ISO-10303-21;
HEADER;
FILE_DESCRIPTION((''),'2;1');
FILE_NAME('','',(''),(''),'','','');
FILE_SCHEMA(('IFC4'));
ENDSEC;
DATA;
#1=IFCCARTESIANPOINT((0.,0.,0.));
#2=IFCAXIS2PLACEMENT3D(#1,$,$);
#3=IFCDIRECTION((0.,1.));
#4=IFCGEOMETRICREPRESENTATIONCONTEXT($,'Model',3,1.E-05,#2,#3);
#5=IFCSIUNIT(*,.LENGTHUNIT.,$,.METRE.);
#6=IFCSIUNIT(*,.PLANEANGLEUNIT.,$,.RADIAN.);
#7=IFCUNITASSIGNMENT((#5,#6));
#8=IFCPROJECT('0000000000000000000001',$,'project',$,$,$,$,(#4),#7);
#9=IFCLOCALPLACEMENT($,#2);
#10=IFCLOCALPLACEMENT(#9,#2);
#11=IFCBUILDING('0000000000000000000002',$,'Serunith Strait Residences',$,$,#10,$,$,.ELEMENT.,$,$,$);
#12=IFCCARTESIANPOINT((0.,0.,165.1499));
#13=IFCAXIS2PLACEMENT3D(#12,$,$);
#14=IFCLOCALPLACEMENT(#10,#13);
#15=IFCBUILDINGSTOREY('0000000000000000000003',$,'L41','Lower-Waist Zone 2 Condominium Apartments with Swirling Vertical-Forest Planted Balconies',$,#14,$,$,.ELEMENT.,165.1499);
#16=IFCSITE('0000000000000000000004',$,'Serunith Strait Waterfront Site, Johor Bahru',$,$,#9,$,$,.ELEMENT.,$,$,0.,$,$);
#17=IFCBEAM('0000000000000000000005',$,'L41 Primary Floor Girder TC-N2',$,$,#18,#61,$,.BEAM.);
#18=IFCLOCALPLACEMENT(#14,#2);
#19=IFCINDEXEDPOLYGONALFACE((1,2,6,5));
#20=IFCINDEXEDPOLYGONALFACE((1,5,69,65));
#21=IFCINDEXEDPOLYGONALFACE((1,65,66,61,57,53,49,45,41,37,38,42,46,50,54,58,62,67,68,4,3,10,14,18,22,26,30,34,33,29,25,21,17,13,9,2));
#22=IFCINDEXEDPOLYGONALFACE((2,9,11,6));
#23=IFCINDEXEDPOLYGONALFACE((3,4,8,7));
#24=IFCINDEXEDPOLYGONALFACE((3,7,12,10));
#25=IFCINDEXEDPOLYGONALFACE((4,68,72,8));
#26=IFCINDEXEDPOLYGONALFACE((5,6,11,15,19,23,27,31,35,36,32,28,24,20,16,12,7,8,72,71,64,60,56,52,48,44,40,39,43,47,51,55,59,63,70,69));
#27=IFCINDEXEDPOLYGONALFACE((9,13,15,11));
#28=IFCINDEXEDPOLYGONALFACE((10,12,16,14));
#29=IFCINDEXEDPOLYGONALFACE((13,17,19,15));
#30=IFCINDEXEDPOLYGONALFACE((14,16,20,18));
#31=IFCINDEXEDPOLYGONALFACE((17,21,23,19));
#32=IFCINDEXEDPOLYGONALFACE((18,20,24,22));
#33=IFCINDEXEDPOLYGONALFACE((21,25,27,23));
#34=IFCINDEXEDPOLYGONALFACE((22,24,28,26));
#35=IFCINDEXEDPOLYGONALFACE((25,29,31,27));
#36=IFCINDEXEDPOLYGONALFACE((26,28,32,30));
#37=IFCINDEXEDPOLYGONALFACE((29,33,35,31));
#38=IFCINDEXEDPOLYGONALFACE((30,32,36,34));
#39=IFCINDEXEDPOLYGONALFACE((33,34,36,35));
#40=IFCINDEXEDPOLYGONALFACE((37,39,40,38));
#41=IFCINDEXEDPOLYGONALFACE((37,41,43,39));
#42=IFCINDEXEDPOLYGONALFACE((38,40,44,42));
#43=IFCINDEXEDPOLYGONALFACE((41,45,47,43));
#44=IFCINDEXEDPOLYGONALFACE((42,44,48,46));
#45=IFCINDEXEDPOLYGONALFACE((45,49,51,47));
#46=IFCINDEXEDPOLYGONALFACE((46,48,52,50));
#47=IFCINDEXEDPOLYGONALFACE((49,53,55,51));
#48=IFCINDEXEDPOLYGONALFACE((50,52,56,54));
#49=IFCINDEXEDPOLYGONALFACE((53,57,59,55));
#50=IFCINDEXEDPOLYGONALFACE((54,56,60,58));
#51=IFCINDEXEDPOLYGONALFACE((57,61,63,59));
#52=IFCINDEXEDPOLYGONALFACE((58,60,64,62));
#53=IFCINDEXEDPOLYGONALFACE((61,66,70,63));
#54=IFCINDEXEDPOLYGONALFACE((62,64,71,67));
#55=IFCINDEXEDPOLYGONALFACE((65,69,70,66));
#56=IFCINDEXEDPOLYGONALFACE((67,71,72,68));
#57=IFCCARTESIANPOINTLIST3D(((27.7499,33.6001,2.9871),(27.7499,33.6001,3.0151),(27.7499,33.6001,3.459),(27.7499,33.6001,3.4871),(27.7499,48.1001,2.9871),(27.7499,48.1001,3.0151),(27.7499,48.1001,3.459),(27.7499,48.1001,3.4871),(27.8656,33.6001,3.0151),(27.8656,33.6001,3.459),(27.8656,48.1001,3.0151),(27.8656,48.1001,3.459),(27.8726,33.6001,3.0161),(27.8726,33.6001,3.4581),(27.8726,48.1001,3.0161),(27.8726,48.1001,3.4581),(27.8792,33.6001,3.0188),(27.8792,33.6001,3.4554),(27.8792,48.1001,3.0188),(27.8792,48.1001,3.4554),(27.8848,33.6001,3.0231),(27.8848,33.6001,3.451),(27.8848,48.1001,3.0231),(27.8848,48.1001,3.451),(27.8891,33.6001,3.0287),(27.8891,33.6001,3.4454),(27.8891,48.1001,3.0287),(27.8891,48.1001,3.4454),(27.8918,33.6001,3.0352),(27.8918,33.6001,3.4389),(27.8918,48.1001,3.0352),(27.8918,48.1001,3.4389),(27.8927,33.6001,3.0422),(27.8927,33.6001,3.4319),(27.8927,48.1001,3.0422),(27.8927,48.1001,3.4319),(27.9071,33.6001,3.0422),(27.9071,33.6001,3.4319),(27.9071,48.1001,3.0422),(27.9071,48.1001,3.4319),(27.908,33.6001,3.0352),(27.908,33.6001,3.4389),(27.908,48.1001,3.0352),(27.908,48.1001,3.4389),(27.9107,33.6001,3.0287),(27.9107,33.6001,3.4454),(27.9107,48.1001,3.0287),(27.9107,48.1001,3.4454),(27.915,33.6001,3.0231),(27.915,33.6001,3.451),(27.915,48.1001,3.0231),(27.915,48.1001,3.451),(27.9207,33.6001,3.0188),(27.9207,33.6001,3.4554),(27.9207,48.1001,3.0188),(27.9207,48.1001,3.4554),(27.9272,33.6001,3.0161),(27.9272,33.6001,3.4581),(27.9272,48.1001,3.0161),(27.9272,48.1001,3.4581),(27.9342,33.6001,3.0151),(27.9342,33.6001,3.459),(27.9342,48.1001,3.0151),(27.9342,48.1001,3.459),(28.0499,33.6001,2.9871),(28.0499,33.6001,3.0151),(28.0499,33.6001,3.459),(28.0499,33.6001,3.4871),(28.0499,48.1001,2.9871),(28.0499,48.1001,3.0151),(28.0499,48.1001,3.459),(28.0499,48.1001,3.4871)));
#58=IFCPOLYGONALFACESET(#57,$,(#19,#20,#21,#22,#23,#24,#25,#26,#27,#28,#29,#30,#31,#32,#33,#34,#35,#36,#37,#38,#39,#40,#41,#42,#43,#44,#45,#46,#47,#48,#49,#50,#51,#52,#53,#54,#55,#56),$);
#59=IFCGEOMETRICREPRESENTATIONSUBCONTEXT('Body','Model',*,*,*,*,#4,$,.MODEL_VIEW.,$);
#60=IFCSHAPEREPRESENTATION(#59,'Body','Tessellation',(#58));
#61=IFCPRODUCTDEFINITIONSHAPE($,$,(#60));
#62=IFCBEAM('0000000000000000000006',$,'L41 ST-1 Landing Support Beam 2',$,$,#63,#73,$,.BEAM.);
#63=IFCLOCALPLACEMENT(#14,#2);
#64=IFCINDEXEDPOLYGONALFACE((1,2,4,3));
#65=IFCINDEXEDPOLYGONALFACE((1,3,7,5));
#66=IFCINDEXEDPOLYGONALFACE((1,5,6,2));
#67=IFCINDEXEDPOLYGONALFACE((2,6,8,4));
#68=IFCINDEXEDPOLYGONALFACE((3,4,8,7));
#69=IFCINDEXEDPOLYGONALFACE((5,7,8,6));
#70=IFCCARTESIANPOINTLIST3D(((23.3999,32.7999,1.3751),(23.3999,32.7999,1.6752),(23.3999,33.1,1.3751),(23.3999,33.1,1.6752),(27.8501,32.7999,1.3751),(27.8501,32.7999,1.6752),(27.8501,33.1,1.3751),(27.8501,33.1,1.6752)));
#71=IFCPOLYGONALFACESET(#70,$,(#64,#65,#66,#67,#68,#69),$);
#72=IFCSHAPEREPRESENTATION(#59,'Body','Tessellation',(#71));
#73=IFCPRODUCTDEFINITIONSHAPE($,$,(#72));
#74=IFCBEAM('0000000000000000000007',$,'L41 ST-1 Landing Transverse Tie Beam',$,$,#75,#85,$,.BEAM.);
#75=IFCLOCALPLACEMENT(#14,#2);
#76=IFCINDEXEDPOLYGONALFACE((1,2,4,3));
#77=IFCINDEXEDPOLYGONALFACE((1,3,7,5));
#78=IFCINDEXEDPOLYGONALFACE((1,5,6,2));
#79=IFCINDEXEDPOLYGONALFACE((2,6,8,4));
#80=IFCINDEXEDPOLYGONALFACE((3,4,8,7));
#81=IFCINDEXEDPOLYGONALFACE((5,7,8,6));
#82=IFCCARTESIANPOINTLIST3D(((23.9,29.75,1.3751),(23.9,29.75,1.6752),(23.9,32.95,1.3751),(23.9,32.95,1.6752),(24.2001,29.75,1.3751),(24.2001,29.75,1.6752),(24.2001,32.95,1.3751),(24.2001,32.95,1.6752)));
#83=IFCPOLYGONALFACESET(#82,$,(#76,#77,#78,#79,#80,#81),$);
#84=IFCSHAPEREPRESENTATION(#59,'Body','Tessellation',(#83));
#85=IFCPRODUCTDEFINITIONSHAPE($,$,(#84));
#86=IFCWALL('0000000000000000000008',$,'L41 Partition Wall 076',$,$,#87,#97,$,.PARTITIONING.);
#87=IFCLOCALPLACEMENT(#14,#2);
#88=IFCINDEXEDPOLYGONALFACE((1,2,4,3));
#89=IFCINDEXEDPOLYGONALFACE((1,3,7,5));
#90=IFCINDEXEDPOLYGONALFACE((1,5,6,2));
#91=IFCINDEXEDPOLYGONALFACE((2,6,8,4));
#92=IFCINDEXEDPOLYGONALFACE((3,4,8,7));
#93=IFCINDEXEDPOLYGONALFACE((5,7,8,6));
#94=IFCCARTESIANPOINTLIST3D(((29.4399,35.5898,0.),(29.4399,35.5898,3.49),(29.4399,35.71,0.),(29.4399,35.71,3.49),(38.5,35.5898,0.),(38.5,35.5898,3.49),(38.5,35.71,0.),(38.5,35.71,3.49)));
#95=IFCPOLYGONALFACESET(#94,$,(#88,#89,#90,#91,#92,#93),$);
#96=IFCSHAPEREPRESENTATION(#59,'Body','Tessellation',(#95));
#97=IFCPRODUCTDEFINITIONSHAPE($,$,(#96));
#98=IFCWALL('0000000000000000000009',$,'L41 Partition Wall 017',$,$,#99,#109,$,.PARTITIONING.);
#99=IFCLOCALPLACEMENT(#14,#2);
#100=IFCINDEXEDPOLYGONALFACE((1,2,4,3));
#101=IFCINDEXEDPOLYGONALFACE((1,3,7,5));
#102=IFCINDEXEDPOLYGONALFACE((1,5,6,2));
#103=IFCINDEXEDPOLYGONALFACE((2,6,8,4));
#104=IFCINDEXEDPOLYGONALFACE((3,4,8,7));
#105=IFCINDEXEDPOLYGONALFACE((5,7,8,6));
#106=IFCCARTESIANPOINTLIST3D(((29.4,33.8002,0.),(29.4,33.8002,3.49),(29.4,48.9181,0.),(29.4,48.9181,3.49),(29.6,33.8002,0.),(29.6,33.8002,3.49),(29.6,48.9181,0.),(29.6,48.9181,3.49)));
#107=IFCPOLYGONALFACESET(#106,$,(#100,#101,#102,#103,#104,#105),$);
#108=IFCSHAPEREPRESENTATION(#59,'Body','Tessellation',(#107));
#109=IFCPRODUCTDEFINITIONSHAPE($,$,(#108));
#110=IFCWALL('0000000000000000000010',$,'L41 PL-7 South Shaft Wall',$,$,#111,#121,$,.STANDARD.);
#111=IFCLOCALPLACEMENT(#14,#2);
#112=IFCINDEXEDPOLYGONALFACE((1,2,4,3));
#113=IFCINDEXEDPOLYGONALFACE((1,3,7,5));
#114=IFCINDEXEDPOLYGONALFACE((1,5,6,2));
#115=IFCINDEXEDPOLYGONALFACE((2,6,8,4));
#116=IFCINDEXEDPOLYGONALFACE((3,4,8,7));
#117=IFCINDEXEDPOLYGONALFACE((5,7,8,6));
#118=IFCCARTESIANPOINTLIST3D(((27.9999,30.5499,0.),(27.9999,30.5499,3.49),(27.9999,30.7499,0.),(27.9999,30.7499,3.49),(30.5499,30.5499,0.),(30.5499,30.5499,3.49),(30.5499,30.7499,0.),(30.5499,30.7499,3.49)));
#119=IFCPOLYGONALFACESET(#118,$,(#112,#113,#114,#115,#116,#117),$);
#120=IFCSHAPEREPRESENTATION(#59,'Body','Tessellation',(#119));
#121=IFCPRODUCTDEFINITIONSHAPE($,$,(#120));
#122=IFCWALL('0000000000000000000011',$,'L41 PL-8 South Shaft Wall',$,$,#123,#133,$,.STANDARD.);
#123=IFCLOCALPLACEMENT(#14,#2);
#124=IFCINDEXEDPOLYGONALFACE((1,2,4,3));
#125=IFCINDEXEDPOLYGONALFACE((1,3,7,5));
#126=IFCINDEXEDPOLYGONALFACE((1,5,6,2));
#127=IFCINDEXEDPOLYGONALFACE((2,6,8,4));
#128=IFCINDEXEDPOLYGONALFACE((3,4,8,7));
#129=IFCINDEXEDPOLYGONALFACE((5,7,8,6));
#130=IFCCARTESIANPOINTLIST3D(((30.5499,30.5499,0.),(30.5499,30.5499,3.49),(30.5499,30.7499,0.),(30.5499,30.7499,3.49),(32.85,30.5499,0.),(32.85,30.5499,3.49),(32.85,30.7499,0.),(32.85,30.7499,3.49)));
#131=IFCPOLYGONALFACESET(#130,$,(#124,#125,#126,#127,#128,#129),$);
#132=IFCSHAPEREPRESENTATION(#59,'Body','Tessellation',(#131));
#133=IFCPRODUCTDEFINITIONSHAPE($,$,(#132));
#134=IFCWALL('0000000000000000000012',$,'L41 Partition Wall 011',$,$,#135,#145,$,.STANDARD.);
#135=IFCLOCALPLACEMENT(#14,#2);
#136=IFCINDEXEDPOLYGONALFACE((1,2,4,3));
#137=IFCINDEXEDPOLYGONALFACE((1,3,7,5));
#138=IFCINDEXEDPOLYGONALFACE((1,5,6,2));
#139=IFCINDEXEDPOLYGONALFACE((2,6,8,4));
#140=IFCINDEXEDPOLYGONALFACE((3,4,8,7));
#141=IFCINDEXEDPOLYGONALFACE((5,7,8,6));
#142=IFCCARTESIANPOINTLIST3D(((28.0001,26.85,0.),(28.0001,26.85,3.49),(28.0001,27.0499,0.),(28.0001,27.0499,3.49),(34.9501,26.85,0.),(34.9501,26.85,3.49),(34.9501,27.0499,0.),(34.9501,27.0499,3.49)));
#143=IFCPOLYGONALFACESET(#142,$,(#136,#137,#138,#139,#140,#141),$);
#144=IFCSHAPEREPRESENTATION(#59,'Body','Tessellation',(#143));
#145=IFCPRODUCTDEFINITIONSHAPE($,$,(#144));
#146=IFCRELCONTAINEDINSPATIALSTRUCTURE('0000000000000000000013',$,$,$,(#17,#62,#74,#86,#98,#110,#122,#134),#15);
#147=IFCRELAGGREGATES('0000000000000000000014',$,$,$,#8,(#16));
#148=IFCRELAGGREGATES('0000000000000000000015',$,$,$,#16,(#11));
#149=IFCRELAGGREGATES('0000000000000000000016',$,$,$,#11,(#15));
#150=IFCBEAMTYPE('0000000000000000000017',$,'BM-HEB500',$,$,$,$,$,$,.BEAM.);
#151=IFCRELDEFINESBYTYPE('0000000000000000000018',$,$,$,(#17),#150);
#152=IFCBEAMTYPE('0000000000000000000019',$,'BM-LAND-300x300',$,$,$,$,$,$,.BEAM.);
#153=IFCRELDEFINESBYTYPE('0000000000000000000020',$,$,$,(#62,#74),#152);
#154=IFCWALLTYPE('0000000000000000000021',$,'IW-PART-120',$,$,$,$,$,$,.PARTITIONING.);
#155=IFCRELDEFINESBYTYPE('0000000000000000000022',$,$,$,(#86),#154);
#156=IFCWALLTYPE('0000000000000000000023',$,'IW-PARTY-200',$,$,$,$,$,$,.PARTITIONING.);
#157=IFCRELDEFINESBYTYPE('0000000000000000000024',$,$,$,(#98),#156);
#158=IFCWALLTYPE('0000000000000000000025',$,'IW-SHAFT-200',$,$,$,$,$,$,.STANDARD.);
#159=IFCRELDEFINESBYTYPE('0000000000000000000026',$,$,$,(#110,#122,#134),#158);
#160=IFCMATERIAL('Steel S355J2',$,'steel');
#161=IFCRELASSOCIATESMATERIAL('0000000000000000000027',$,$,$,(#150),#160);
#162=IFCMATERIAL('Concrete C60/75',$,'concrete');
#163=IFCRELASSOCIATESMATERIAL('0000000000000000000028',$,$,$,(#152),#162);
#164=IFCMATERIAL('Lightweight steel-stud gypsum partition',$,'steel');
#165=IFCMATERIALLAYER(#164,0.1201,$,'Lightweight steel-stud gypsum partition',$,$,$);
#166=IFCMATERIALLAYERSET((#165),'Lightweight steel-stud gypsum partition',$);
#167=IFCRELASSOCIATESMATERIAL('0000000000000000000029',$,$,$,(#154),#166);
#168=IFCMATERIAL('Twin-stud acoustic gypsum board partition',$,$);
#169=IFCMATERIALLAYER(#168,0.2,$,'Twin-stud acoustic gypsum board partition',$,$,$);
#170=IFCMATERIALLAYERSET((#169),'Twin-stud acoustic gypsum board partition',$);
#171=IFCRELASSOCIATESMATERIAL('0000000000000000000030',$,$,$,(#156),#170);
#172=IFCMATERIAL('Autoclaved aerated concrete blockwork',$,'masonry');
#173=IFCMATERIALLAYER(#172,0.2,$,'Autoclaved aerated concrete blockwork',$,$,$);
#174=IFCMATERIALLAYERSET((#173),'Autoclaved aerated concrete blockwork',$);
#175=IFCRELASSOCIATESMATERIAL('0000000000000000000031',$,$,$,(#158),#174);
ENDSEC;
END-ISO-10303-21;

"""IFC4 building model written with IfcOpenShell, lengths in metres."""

from ifc_helpers import new_model, si_unit, direction, frame, frame_2d, origin, origin_2d, place, context, subcontext, project, spatial, rectangle, i_section, extrude, source, transform, mapped, material, layer, layer_set, material_profile, profile_set, type_object, element, save


model = new_model("IFC4")

# Units and contexts
model_context = context("Model", 3, precision=1e-05, world=origin(), true_north=direction((0.0, 1.0)))
body_context = subcontext(model_context, "Body", "Model", "MODEL_VIEW")
ifc_project = project(units=[si_unit("LENGTHUNIT", "METRE"), si_unit("PLANEANGLEUNIT", "RADIAN")], contexts=[model_context])

# Site, building, storey
site_placement = place(None, origin())
site = spatial("IfcSite", under=ifc_project, at=site_placement, Name="Serunith Strait Waterfront Site, Johor Bahru", CompositionType="ELEMENT", RefElevation=0.0)
building_placement = place(site_placement, origin())
building = spatial("IfcBuilding", under=site, at=building_placement, Name="Serunith Strait Residences", CompositionType="ELEMENT")
storey_placement = place(building_placement, frame((0.0, 0.0, 165.1499)))
storey = spatial("IfcBuildingStorey", under=building, at=storey_placement, Name="L41", Description="Lower-Waist Zone 2 Condominium Apartments with Swirling Vertical-Forest Planted Balconies", CompositionType="ELEMENT", Elevation=165.1499)

# Beams
ifc_material_1 = material(Name="Steel S355J2", Category="steel")
ifc_material_profile_1 = material_profile(ifc_material_1, i_section(OverallWidth=0.3, OverallDepth=0.5, WebThickness=0.0144, FlangeThickness=0.0281, FilletRadius=0.0271, at=origin_2d()), Name="HEB 500")
ifc_profile_set_1 = profile_set([ifc_material_profile_1], Name="Steel S355J2")
beam_type_1 = type_object("IfcBeamType", Name="BM-HEB500", PredefinedType="BEAM", material=ifc_profile_set_1)
shared_shape_1 = source(origin(), body_context, "Body", "SweptSolid", [
    extrude(i_section(OverallWidth=0.3, OverallDepth=0.5, WebThickness=0.0144, FlangeThickness=0.0281, FilletRadius=0.0271, at=origin_2d()), origin(), (0.0, 0.0, 1.0), 14.5),
])
beam_1_placement = place(storey_placement, frame((27.8999, 33.6001, 3.2371), z_axis=(0.0, 1.0, 0.0), x_axis=(-1.0, 0.0, 0.0)))
element("IfcBeam", 1, at=beam_1_placement, inside=storey, type_object=beam_type_1, Name="L41 Primary Floor Girder TC-N2", PredefinedType="BEAM", context=body_context, shape_type="MappedRepresentation", body=[
    mapped(shared_shape_1, transform((0.0, 0.0, 0.0), scale=1.0)),
])
ifc_material_2 = material(Name="Concrete C60/75", Category="concrete")
ifc_material_profile_2 = material_profile(ifc_material_2, rectangle(XDim=0.3, YDim=0.3, at=origin_2d()), Name="RC 300x300")
ifc_profile_set_2 = profile_set([ifc_material_profile_2], Name="Concrete C60/75")
beam_type_2 = type_object("IfcBeamType", Name="BM-LAND-300x300", PredefinedType="BEAM", material=ifc_profile_set_2)
shared_shape_2 = source(origin(), body_context, "Body", "SweptSolid", [
    extrude(rectangle(XDim=0.3, YDim=0.3, at=origin_2d()), origin(), (0.0, 0.0, 1.0), 4.4502),
])
beam_2_placement = place(storey_placement, frame((23.3999, 32.95, 1.5251), z_axis=(1.0, 0.0, 0.0), x_axis=(0.0, 1.0, 0.0)))
element("IfcBeam", 2, at=beam_2_placement, inside=storey, type_object=beam_type_2, Name="L41 ST-1 Landing Support Beam 2", PredefinedType="BEAM", context=body_context, shape_type="MappedRepresentation", body=[
    mapped(shared_shape_2, transform((0.0, 0.0, 0.0), scale=1.0)),
])
shared_shape_3 = source(origin(), body_context, "Body", "SweptSolid", [
    extrude(rectangle(XDim=0.3, YDim=0.3, at=origin_2d()), origin(), (0.0, 0.0, 1.0), 3.2),
])
beam_3_placement = place(storey_placement, frame((24.05, 29.75, 1.5251), z_axis=(0.0, 1.0, 0.0), x_axis=(-1.0, 0.0, 0.0)))
element("IfcBeam", 3, at=beam_3_placement, inside=storey, type_object=beam_type_2, Name="L41 ST-1 Landing Transverse Tie Beam", PredefinedType="BEAM", context=body_context, shape_type="MappedRepresentation", body=[
    mapped(shared_shape_3, transform((0.0, 0.0, 0.0), scale=1.0)),
])

# Walls
ifc_material_3 = material(Name="Lightweight steel-stud gypsum partition", Category="steel")
ifc_layer_1 = layer(ifc_material_3, 0.1201, Name="Lightweight steel-stud gypsum partition")
ifc_layer_set_1 = layer_set([ifc_layer_1], Name="Lightweight steel-stud gypsum partition")
wall_type_1 = type_object("IfcWallType", Name="IW-PART-120", PredefinedType="PARTITIONING", material=ifc_layer_set_1)
wall_1_placement = place(storey_placement, frame((29.4399, 35.6499, 0.0), z_axis=(0.0, 0.0, 1.0), x_axis=(1.0, 0.0, 0.0)))
element("IfcWall", 4, at=wall_1_placement, inside=storey, type_object=wall_type_1, Name="L41 Partition Wall 076", PredefinedType="PARTITIONING", context=body_context, shape_type="SweptSolid", body=[
    extrude(rectangle(XDim=9.0601, YDim=0.1201, at=frame_2d((4.53, 0.0))), origin(), (0.0, 0.0, 1.0), 3.49),
])
ifc_material_4 = material(Name="Twin-stud acoustic gypsum board partition")
ifc_layer_2 = layer(ifc_material_4, 0.2, Name="Twin-stud acoustic gypsum board partition")
ifc_layer_set_2 = layer_set([ifc_layer_2], Name="Twin-stud acoustic gypsum board partition")
wall_type_2 = type_object("IfcWallType", Name="IW-PARTY-200", PredefinedType="PARTITIONING", material=ifc_layer_set_2)
wall_2_placement = place(storey_placement, frame((29.5, 33.8, 0.0), z_axis=(0.0, 0.0, 1.0), x_axis=(0.0, 1.0, 0.0)))
element("IfcWall", 5, at=wall_2_placement, inside=storey, type_object=wall_type_2, Name="L41 Partition Wall 017", PredefinedType="PARTITIONING", context=body_context, shape_type="SweptSolid", body=[
    extrude(rectangle(XDim=15.1179, YDim=0.2, at=frame_2d((7.5591, 0.0))), origin(), (0.0, 0.0, 1.0), 3.49),
])
ifc_material_5 = material(Name="Autoclaved aerated concrete blockwork", Category="masonry")
ifc_layer_3 = layer(ifc_material_5, 0.2, Name="Autoclaved aerated concrete blockwork")
ifc_layer_set_3 = layer_set([ifc_layer_3], Name="Autoclaved aerated concrete blockwork")
wall_type_3 = type_object("IfcWallType", Name="IW-SHAFT-200", PredefinedType="STANDARD", material=ifc_layer_set_3)
wall_3_placement = place(storey_placement, frame((28.0, 30.6499, 0.0), z_axis=(0.0, 0.0, 1.0), x_axis=(1.0, 0.0, 0.0)))
element("IfcWall", 6, at=wall_3_placement, inside=storey, type_object=wall_type_3, Name="L41 PL-7 South Shaft Wall", PredefinedType="STANDARD", context=body_context, shape_type="SweptSolid", body=[
    extrude(rectangle(XDim=2.55, YDim=0.2, at=frame_2d((1.2749, 0.0))), origin(), (0.0, 0.0, 1.0), 3.49),
])
wall_4_placement = place(storey_placement, frame((30.55, 30.6499, 0.0), z_axis=(0.0, 0.0, 1.0), x_axis=(1.0, 0.0, 0.0)))
element("IfcWall", 7, at=wall_4_placement, inside=storey, type_object=wall_type_3, Name="L41 PL-8 South Shaft Wall", PredefinedType="STANDARD", context=body_context, shape_type="SweptSolid", body=[
    extrude(rectangle(XDim=2.3, YDim=0.2, at=frame_2d((1.1499, 0.0))), origin(), (0.0, 0.0, 1.0), 3.49),
])
wall_5_placement = place(storey_placement, frame((28.0, 26.95, 0.0), z_axis=(0.0, 0.0, 1.0), x_axis=(1.0, 0.0, 0.0)))
element("IfcWall", 8, at=wall_5_placement, inside=storey, type_object=wall_type_3, Name="L41 Partition Wall 011", PredefinedType="STANDARD", context=body_context, shape_type="SweptSolid", body=[
    extrude(rectangle(XDim=6.95, YDim=0.2, at=frame_2d((3.4751, 0.0))), origin(), (0.0, 0.0, 1.0), 3.49),
])

save(model, "model.ifc")
